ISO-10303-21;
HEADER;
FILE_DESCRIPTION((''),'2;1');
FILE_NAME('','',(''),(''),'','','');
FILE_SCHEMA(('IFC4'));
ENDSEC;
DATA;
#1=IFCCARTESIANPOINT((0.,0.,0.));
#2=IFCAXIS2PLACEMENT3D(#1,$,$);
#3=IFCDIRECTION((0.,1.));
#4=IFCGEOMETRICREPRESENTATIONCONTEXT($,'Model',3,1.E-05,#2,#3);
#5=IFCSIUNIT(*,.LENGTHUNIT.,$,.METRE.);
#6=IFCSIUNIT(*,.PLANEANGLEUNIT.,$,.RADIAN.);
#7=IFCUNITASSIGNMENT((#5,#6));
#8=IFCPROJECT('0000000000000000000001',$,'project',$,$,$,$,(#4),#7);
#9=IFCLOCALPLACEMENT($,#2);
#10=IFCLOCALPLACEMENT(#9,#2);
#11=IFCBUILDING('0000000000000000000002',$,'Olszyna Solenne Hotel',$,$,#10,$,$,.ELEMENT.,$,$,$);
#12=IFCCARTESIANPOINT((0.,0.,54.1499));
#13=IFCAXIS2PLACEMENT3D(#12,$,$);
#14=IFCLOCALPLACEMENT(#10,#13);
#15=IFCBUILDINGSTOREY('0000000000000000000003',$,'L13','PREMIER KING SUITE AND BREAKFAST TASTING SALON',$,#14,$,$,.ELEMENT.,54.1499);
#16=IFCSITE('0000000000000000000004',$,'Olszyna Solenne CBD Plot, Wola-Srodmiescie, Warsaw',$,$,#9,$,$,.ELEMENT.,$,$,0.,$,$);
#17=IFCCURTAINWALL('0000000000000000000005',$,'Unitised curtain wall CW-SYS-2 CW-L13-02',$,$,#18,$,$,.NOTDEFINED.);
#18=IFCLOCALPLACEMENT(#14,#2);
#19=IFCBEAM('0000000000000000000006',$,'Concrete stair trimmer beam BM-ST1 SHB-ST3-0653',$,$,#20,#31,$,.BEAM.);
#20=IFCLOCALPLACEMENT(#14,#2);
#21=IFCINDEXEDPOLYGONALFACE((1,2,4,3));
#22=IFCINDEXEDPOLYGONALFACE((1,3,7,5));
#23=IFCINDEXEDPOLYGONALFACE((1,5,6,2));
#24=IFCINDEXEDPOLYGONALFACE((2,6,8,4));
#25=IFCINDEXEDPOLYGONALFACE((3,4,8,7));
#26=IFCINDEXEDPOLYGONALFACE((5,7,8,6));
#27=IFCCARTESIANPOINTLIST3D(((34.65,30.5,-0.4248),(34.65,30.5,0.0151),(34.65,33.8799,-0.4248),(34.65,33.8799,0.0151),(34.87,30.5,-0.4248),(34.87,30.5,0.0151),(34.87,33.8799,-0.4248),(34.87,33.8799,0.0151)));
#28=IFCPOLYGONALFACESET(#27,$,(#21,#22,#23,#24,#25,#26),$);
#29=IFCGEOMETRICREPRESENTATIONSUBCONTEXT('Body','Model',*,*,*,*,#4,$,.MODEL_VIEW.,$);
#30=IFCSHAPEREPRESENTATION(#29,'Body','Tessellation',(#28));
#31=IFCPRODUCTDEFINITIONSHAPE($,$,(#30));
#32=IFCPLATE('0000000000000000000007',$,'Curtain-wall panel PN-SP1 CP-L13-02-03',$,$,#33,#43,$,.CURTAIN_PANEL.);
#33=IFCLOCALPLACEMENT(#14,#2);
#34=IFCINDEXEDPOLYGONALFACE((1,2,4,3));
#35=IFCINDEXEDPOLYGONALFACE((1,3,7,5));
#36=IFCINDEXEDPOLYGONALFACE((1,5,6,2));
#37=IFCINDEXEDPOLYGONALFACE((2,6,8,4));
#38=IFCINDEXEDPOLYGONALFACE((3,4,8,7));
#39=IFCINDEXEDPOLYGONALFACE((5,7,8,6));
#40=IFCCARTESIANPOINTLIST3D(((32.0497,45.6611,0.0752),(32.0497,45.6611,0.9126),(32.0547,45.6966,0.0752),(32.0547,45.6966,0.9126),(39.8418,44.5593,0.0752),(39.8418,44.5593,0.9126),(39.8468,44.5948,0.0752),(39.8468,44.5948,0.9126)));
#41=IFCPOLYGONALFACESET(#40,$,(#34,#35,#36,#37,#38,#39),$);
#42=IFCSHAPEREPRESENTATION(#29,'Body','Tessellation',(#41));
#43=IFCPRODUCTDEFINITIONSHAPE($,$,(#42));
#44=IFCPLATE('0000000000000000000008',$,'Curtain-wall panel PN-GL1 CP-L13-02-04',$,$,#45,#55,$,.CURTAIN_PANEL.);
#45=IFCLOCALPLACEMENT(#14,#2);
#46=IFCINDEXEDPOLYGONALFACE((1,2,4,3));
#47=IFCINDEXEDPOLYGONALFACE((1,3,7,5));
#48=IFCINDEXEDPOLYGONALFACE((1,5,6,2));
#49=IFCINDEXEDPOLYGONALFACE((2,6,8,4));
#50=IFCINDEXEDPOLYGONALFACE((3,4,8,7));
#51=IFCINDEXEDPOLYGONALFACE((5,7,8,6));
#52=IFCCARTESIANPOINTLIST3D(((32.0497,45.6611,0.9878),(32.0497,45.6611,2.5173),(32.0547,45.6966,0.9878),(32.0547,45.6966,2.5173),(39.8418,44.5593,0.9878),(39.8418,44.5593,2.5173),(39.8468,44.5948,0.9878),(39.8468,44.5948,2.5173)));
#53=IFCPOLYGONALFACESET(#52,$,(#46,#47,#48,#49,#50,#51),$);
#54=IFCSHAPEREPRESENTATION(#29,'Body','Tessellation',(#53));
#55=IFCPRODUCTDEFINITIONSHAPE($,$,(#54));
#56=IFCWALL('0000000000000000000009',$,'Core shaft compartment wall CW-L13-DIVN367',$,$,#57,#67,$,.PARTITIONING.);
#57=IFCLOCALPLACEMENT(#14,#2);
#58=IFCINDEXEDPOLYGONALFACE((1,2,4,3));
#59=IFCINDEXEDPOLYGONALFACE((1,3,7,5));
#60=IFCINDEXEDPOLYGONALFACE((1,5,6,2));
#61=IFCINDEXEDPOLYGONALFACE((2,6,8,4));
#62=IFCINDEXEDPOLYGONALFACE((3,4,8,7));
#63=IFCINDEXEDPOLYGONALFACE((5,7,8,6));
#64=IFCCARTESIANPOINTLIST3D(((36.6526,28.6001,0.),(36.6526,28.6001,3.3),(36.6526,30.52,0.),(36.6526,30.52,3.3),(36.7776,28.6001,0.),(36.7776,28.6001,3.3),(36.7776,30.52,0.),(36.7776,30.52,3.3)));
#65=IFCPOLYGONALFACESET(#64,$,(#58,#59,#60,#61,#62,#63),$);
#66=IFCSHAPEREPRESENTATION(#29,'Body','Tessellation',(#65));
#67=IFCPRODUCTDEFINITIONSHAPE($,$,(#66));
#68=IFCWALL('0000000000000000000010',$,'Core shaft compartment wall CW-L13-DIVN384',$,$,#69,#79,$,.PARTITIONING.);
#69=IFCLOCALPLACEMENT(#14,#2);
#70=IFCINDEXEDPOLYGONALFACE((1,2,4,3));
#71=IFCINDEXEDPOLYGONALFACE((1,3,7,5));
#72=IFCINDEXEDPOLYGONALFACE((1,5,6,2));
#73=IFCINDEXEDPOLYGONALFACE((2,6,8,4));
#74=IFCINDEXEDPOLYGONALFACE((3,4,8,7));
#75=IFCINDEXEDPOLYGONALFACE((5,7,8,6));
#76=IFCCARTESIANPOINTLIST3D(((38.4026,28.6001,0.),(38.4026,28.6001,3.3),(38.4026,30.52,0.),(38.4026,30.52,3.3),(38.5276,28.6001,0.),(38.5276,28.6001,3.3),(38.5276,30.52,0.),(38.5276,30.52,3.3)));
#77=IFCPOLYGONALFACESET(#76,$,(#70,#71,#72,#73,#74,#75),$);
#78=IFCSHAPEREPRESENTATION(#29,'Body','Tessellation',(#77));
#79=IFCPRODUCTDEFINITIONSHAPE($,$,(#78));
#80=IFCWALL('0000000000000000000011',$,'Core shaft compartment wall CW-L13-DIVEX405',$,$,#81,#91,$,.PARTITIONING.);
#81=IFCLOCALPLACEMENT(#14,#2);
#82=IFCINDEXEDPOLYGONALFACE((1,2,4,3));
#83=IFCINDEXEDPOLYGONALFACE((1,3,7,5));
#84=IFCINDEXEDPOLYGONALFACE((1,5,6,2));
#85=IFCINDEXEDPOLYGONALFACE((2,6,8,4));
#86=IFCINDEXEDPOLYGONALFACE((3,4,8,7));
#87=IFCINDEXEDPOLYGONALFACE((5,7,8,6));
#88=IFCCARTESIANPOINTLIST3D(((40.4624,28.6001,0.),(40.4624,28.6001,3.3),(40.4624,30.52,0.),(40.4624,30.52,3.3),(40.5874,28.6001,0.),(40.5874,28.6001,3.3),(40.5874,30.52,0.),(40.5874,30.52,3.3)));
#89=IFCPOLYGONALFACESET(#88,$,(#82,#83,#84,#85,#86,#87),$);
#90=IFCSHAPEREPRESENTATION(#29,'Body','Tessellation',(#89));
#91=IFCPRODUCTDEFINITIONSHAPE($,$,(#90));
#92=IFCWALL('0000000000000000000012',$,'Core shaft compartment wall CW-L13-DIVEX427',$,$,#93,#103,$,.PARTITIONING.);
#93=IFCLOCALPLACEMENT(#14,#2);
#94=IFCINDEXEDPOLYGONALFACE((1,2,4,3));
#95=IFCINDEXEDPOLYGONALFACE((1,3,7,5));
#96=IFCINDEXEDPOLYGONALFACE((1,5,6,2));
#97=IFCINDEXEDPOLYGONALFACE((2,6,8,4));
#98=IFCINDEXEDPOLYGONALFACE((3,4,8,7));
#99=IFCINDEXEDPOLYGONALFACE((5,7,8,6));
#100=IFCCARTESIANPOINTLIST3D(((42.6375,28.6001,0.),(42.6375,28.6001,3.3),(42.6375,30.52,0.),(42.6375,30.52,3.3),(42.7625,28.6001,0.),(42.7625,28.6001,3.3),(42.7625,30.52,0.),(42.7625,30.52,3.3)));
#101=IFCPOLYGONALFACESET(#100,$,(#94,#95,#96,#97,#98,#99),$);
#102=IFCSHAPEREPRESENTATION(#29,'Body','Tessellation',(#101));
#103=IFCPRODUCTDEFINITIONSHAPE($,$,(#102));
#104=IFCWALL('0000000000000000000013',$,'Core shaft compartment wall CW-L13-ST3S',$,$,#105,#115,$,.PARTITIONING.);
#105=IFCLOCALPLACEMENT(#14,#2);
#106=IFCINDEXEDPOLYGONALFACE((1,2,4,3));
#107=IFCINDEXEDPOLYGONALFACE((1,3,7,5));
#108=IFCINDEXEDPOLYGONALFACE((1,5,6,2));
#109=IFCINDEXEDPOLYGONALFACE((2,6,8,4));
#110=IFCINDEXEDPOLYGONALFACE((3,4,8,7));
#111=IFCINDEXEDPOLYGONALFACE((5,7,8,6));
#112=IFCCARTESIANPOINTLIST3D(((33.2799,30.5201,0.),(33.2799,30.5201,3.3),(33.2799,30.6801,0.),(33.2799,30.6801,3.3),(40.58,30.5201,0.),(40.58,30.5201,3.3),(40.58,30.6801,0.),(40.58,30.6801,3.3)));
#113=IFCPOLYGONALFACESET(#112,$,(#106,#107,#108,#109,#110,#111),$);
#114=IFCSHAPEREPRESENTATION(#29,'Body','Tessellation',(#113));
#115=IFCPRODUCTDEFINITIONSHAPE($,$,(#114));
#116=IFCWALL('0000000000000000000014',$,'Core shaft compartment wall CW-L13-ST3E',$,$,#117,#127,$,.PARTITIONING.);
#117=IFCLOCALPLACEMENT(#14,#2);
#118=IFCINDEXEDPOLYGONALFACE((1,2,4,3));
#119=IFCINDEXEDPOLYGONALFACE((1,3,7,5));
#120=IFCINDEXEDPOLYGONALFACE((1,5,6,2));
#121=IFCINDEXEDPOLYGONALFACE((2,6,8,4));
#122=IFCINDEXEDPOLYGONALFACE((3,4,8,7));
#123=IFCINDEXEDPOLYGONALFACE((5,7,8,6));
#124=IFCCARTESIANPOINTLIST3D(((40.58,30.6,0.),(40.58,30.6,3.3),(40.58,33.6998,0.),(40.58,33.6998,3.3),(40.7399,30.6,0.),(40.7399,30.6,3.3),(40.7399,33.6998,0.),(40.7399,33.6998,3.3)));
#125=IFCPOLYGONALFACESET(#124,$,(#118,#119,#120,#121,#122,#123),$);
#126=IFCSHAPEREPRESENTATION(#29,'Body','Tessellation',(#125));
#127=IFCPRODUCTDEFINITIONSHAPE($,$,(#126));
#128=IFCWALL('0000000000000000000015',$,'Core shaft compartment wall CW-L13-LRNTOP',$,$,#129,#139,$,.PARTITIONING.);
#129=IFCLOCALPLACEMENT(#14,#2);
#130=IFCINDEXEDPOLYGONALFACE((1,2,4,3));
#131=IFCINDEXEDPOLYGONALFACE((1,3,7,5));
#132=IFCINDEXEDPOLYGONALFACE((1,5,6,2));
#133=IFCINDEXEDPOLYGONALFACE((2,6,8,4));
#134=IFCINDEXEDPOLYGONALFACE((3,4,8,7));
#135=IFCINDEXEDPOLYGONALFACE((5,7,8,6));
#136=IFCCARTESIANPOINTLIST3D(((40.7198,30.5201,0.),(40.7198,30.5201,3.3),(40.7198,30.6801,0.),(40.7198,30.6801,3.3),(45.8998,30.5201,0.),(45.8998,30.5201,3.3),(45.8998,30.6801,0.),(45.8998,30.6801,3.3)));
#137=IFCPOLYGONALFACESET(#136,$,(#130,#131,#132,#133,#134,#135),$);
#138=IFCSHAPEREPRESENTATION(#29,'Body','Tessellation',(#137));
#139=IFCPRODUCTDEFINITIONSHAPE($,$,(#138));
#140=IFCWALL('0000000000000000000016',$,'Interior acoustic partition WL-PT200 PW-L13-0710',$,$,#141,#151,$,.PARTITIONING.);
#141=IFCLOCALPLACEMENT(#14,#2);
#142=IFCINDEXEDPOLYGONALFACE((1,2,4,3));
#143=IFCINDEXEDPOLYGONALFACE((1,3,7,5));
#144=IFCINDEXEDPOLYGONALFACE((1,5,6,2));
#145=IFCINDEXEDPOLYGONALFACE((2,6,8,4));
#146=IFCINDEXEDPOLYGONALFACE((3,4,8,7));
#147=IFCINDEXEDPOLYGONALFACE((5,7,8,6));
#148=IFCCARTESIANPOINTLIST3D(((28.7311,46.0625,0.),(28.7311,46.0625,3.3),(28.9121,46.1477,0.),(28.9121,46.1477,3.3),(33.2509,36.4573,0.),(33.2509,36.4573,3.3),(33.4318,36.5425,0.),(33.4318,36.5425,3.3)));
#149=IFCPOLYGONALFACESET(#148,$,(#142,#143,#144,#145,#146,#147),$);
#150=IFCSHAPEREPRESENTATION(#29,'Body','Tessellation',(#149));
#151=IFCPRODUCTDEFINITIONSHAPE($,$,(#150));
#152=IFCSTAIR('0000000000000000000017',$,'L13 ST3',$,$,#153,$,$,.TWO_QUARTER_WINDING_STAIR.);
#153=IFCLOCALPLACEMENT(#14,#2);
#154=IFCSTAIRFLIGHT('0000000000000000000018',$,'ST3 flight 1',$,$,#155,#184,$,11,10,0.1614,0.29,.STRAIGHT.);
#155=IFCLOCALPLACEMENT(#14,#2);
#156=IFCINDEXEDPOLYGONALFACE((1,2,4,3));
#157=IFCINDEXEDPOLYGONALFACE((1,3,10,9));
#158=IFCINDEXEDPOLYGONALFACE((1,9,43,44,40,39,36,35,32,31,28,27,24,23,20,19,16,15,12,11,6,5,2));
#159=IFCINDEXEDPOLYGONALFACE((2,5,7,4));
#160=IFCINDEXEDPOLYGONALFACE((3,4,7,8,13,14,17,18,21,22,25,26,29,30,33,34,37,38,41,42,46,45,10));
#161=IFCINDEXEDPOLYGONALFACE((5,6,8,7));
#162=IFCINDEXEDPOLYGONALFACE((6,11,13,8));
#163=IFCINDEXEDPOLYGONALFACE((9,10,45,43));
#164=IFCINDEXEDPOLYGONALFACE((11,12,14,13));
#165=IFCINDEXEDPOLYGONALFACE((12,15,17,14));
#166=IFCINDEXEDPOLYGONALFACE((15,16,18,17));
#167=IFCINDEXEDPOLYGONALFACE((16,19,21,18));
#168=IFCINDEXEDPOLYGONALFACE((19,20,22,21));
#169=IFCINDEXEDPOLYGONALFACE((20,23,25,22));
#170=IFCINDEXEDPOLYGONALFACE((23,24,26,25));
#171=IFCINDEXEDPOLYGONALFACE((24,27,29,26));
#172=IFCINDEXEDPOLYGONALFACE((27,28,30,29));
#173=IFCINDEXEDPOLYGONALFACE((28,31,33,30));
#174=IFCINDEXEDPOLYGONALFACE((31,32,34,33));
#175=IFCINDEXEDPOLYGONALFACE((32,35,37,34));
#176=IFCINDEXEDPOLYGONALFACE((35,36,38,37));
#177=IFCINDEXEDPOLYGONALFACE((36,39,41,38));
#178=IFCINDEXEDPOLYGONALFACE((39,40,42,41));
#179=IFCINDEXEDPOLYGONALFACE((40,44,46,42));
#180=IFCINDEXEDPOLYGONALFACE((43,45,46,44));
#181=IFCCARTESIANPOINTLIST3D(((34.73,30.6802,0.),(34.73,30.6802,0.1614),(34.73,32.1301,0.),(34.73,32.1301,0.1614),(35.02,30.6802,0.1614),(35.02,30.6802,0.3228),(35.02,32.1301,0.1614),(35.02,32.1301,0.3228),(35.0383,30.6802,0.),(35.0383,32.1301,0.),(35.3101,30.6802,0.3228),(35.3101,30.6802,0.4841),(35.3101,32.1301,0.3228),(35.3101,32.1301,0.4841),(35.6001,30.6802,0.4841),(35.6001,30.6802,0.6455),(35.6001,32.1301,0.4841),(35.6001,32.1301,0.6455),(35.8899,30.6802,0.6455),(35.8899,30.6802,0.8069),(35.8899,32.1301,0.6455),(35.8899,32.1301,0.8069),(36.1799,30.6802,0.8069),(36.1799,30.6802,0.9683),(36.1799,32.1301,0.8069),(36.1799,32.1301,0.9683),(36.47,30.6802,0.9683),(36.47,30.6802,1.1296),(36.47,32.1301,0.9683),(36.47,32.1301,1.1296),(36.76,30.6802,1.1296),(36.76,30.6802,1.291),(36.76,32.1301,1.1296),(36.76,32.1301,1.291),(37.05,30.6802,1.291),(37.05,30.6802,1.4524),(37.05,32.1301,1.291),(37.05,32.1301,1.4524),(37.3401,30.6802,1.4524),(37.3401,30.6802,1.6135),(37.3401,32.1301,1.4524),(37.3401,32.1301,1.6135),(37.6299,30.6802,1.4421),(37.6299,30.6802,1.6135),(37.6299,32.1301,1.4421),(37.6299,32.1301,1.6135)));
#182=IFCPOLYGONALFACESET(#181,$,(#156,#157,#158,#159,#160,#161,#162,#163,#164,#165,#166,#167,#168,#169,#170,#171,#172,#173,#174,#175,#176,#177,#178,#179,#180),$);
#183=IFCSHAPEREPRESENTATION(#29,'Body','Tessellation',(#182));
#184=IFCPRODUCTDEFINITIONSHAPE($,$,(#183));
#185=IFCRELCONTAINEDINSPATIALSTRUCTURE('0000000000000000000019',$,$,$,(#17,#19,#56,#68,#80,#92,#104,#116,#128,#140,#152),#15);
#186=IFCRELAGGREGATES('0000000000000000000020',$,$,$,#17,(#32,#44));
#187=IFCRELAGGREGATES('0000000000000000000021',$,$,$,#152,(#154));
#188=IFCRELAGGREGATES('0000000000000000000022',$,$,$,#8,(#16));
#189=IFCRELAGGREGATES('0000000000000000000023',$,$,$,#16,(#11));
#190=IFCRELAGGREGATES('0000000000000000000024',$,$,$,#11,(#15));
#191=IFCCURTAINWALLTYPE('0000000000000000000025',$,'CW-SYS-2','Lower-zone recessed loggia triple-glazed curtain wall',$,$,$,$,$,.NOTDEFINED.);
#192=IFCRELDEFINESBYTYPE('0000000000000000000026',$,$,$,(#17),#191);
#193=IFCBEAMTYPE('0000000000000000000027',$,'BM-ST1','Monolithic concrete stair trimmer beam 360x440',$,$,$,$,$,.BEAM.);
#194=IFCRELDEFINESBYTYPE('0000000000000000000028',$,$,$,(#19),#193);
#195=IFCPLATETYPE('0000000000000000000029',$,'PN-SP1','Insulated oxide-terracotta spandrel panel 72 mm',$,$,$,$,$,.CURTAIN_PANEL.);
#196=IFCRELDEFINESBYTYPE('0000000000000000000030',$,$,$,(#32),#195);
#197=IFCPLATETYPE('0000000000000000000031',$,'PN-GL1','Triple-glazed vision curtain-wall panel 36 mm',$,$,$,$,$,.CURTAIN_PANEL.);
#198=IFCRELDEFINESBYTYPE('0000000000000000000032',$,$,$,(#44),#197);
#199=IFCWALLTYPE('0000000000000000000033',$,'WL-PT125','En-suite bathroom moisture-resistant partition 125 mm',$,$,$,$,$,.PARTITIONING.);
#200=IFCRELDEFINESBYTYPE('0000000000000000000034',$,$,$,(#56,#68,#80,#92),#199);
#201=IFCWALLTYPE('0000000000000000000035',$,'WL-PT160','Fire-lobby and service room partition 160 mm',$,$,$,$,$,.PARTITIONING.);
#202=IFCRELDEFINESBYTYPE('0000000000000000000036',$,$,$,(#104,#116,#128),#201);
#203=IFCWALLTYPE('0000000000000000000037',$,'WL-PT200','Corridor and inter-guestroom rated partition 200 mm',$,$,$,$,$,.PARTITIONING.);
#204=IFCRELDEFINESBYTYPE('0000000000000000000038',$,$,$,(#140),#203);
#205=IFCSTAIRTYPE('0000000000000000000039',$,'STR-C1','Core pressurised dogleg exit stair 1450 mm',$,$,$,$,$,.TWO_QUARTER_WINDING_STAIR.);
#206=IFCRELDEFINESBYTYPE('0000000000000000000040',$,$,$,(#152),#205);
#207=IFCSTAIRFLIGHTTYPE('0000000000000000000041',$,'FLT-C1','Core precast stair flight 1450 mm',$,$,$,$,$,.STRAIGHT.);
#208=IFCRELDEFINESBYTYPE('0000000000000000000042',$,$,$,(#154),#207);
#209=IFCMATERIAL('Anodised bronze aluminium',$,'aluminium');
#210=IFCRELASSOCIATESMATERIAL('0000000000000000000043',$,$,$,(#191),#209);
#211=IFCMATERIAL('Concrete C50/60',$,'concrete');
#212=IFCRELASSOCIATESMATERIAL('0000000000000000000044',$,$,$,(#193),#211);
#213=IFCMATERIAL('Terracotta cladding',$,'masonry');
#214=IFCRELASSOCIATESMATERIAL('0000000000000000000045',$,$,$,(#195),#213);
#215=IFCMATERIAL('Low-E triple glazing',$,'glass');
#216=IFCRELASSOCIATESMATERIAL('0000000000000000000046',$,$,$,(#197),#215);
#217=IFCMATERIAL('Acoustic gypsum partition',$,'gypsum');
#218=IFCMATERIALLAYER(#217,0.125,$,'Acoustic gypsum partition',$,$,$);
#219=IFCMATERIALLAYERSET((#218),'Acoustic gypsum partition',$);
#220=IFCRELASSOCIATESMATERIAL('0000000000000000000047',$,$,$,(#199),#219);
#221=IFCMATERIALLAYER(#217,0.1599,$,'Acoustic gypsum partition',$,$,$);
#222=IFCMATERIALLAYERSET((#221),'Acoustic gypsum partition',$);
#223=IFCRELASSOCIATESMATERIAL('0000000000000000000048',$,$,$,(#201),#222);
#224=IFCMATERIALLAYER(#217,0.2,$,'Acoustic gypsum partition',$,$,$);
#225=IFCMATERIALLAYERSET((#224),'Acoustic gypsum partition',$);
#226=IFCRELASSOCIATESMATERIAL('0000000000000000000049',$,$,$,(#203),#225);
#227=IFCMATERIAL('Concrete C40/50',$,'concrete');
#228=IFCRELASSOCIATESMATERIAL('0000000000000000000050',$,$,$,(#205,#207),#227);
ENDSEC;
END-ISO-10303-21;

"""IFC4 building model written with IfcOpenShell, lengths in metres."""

from ifc_helpers import new_model, si_unit, direction, frame, frame_2d, origin, origin_2d, place, context, subcontext, project, spatial, polyline, rectangle, outline, extrude, source, transform, mapped, material, layer, layer_set, material_profile, profile_set, type_object, element, aggregate, save


model = new_model("IFC4")

# Units and contexts
model_context = context("Model", 3, precision=1e-05, world=origin(), true_north=direction((0.0, 1.0)))
body_context = subcontext(model_context, "Body", "Model", "MODEL_VIEW")
ifc_project = project(units=[si_unit("LENGTHUNIT", "METRE"), si_unit("PLANEANGLEUNIT", "RADIAN")], contexts=[model_context])

# Site, building, storey
site_placement = place(None, origin())
site = spatial("IfcSite", under=ifc_project, at=site_placement, Name="Olszyna Solenne CBD Plot, Wola-Srodmiescie, Warsaw", CompositionType="ELEMENT", RefElevation=0.0)
building_placement = place(site_placement, origin())
building = spatial("IfcBuilding", under=site, at=building_placement, Name="Olszyna Solenne Hotel", CompositionType="ELEMENT")
storey_placement = place(building_placement, frame((0.0, 0.0, 54.1499)))
storey = spatial("IfcBuildingStorey", under=building, at=storey_placement, Name="L13", Description="PREMIER KING SUITE AND BREAKFAST TASTING SALON", CompositionType="ELEMENT", Elevation=54.1499)

# Curtain wall
ifc_material_1 = material(Name="Anodised bronze aluminium", Category="aluminium")
curtain_wall_type = type_object("IfcCurtainWallType", Name="CW-SYS-2", Description="Lower-zone recessed loggia triple-glazed curtain wall", PredefinedType="NOTDEFINED", material=ifc_material_1)
curtain_wall_placement = place(storey_placement, origin())
curtain_wall = element("IfcCurtainWall", 1, at=curtain_wall_placement, inside=storey, type_object=curtain_wall_type, Name="Unitised curtain wall CW-SYS-2 CW-L13-02", PredefinedType="NOTDEFINED")

# Beam
ifc_material_2 = material(Name="Concrete C50/60", Category="concrete")
ifc_material_profile_1 = material_profile(ifc_material_2, rectangle(XDim=0.22, YDim=0.4399, at=origin_2d()), Name="RC 220x440", Category="load-bearing")
ifc_profile_set_1 = profile_set([ifc_material_profile_1], Name="Concrete C50/60")
beam_type_1 = type_object("IfcBeamType", Name="BM-ST1", Description="Monolithic concrete stair trimmer beam 360x440", PredefinedType="BEAM", material=ifc_profile_set_1)
shared_shape_1 = source(origin(), body_context, "Body", "SweptSolid", [
    extrude(rectangle(XDim=0.22, YDim=0.4399, at=origin_2d()), origin(), (0.0, 0.0, 1.0), 3.3799),
])
beam_1_placement = place(storey_placement, frame((34.76, 30.5, -0.2048), z_axis=(0.0, 1.0, 0.0), x_axis=(-1.0, 0.0, 0.0)))
element("IfcBeam", 2, at=beam_1_placement, inside=storey, type_object=beam_type_1, Name="Concrete stair trimmer beam BM-ST1 SHB-ST3-0653", PredefinedType="BEAM", context=body_context, shape_type="MappedRepresentation", body=[
    mapped(shared_shape_1, transform((0.0, 0.0, 0.0), x_axis=(1.0, 0.0, 0.0), y_axis=(0.0, 1.0, 0.0), z_axis=(0.0, 0.0, 1.0), scale=1.0)),
])

# Plates
ifc_material_3 = material(Name="Terracotta cladding", Category="masonry")
plate_type_1 = type_object("IfcPlateType", Name="PN-SP1", Description="Insulated oxide-terracotta spandrel panel 72 mm", PredefinedType="CURTAIN_PANEL", material=ifc_material_3)
shared_shape_2 = source(origin(), body_context, "Body", "SweptSolid", [
    extrude(rectangle(XDim=7.8696, YDim=0.0359, at=origin_2d()), origin(), (0.0, 0.0, 1.0), 0.8374),
])
plate_1_placement = place(storey_placement, frame((35.9482, 45.1279, 0.0752), z_axis=(0.0, 0.0, 1.0), x_axis=(0.990151, -0.140005, 0.0)))
plate_1 = element("IfcPlate", 3, at=plate_1_placement, type_object=plate_type_1, Name="Curtain-wall panel PN-SP1 CP-L13-02-03", PredefinedType="CURTAIN_PANEL", context=body_context, shape_type="MappedRepresentation", body=[
    mapped(shared_shape_2, transform((0.0, 0.0, 0.0), x_axis=(1.0, 0.0, 0.0), y_axis=(0.0, 1.0, 0.0), z_axis=(0.0, 0.0, 1.0), scale=1.0)),
])
ifc_material_4 = material(Name="Low-E triple glazing", Category="glass")
plate_type_2 = type_object("IfcPlateType", Name="PN-GL1", Description="Triple-glazed vision curtain-wall panel 36 mm", PredefinedType="CURTAIN_PANEL", material=ifc_material_4)
shared_shape_3 = source(origin(), body_context, "Body", "SweptSolid", [
    extrude(rectangle(XDim=7.8696, YDim=0.0359, at=origin_2d()), origin(), (0.0, 0.0, 1.0), 1.5295),
])
plate_2_placement = place(storey_placement, frame((35.9482, 45.1279, 0.9878), z_axis=(0.0, 0.0, 1.0), x_axis=(0.990151, -0.140005, 0.0)))
plate_2 = element("IfcPlate", 4, at=plate_2_placement, type_object=plate_type_2, Name="Curtain-wall panel PN-GL1 CP-L13-02-04", PredefinedType="CURTAIN_PANEL", context=body_context, shape_type="MappedRepresentation", body=[
    mapped(shared_shape_3, transform((0.0, 0.0, 0.0), x_axis=(1.0, 0.0, 0.0), y_axis=(0.0, 1.0, 0.0), z_axis=(0.0, 0.0, 1.0), scale=1.0)),
])
aggregate(curtain_wall, [plate_1, plate_2])

# Walls
ifc_material_5 = material(Name="Acoustic gypsum partition", Category="gypsum")
ifc_layer_1 = layer(ifc_material_5, 0.125, Name="Acoustic gypsum partition")
ifc_layer_set_1 = layer_set([ifc_layer_1], Name="Acoustic gypsum partition")
wall_type_1 = type_object("IfcWallType", Name="WL-PT125", Description="En-suite bathroom moisture-resistant partition 125 mm", PredefinedType="PARTITIONING", material=ifc_layer_set_1)
for number, where, z_axis, x_axis, name in (
    (5, (36.7151, 28.6001, 0.0), (0.0, 0.0, 1.0), (0.0, 1.0, 0.0), "Core shaft compartment wall CW-L13-DIVN367"),
    (6, (38.4651, 28.6001, 0.0), (0.0, 0.0, 1.0), (0.0, 1.0, 0.0), "Core shaft compartment wall CW-L13-DIVN384"),
    (7, (40.5249, 28.6001, 0.0), (0.0, 0.0, 1.0), (0.0, 1.0, 0.0), "Core shaft compartment wall CW-L13-DIVEX405"),
    (8, (42.7, 28.6001, 0.0), (0.0, 0.0, 1.0), (0.0, 1.0, 0.0), "Core shaft compartment wall CW-L13-DIVEX427"),
):
    element("IfcWall", number, at=place(storey_placement, frame(where, z_axis=z_axis, x_axis=x_axis)), inside=storey, type_object=wall_type_1, Name=name, PredefinedType="PARTITIONING", context=body_context, shape_type="SweptSolid", body=[
        extrude(rectangle(XDim=1.9199, YDim=0.125, at=frame_2d((0.96, 0.0))), origin(), (0.0, 0.0, 1.0), 3.3),
    ])
ifc_layer_2 = layer(ifc_material_5, 0.1599, Name="Acoustic gypsum partition")
ifc_layer_set_2 = layer_set([ifc_layer_2], Name="Acoustic gypsum partition")
wall_type_2 = type_object("IfcWallType", Name="WL-PT160", Description="Fire-lobby and service room partition 160 mm", PredefinedType="PARTITIONING", material=ifc_layer_set_2)
wall_1_placement = place(storey_placement, frame((33.28, 30.6001, 0.0), z_axis=(0.0, 0.0, 1.0), x_axis=(1.0, 0.0, 0.0)))
element("IfcWall", 9, at=wall_1_placement, inside=storey, type_object=wall_type_2, Name="Core shaft compartment wall CW-L13-ST3S", PredefinedType="PARTITIONING", context=body_context, shape_type="SweptSolid", body=[
    extrude(rectangle(XDim=7.3, YDim=0.1599, at=frame_2d((3.6499, 0.0))), origin(), (0.0, 0.0, 1.0), 3.3),
])
wall_2_placement = place(storey_placement, frame((40.6599, 30.6001, 0.0), z_axis=(0.0, 0.0, 1.0), x_axis=(0.0, 1.0, 0.0)))
element("IfcWall", 10, at=wall_2_placement, inside=storey, type_object=wall_type_2, Name="Core shaft compartment wall CW-L13-ST3E", PredefinedType="PARTITIONING", context=body_context, shape_type="SweptSolid", body=[
    extrude(rectangle(XDim=3.0999, YDim=0.1599, at=frame_2d((1.5498, 0.0))), origin(), (0.0, 0.0, 1.0), 3.3),
])
wall_3_placement = place(storey_placement, frame((40.72, 30.6001, 0.0), z_axis=(0.0, 0.0, 1.0), x_axis=(1.0, 0.0, 0.0)))
element("IfcWall", 11, at=wall_3_placement, inside=storey, type_object=wall_type_2, Name="Core shaft compartment wall CW-L13-LRNTOP", PredefinedType="PARTITIONING", context=body_context, shape_type="SweptSolid", body=[
    extrude(rectangle(XDim=5.1799, YDim=0.1599, at=frame_2d((2.5898, 0.0))), origin(), (0.0, 0.0, 1.0), 3.3),
])
ifc_layer_3 = layer(ifc_material_5, 0.2, Name="Acoustic gypsum partition")
ifc_layer_set_3 = layer_set([ifc_layer_3], Name="Acoustic gypsum partition")
wall_type_3 = type_object("IfcWallType", Name="WL-PT200", Description="Corridor and inter-guestroom rated partition 200 mm", PredefinedType="PARTITIONING", material=ifc_layer_set_3)
wall_4_placement = place(storey_placement, frame((33.3413, 36.5, 0.0), z_axis=(0.0, 0.0, 1.0), x_axis=(-0.425772, 0.904831, 0.0)))
element("IfcWall", 12, at=wall_4_placement, inside=storey, type_object=wall_type_3, Name="Interior acoustic partition WL-PT200 PW-L13-0710", PredefinedType="PARTITIONING", context=body_context, shape_type="SweptSolid", body=[
    extrude(rectangle(XDim=10.6155, YDim=0.2, at=frame_2d((5.3076, 0.0))), origin(), (0.0, 0.0, 1.0), 3.3),
])

# Stair, stair flight
ifc_material_6 = material(Name="Concrete C40/50", Category="concrete")
stair_type = type_object("IfcStairType", Name="STR-C1", Description="Core pressurised dogleg exit stair 1450 mm", PredefinedType="TWO_QUARTER_WINDING_STAIR", material=ifc_material_6)
stair_placement = place(storey_placement, origin())
stair = element("IfcStair", 13, at=stair_placement, inside=storey, type_object=stair_type, Name="L13 ST3", PredefinedType="TWO_QUARTER_WINDING_STAIR")
stair_flight_type = type_object("IfcStairFlightType", Name="FLT-C1", Description="Core precast stair flight 1450 mm", PredefinedType="STRAIGHT", material=ifc_material_6)
stair_flight_1_placement = place(storey_placement, frame((34.73, 31.405, 0.0), z_axis=(0.0, 0.0, 1.0), x_axis=(1.0, 0.0, 0.0)))
stair_flight_1 = element("IfcStairFlight", 14, at=stair_flight_1_placement, type_object=stair_flight_type, Name="ST3 flight 1", NumberOfRisers=11, NumberOfTreads=10, PredefinedType="STRAIGHT", RiserHeight=0.1614, TreadLength=0.29, context=body_context, shape_type="SweptSolid", body=[
    extrude(outline(polyline([(0.0, 0.0), (0.0, 0.1614), (0.29, 0.1614), (0.29, 0.3228), (0.5801, 0.3228), (0.5801, 0.4841), (0.8701, 0.4841), (0.8701, 0.6455), (1.1599, 0.6455), (1.1599, 0.8069), (1.45, 0.8069), (1.45, 0.9683), (1.74, 0.9683), (1.74, 1.1296), (2.03, 1.1296), (2.03, 1.291), (2.3201, 1.291), (2.3201, 1.4524), (2.6101, 1.4524), (2.6101, 1.6135), (2.8999, 1.6135), (2.8999, 1.7749), (2.8999, 1.4421), (0.3083, 0.0), (0.0, 0.0)])), frame((0.0, 0.7251, 0.0), z_axis=(0.0, -1.0, 0.0), x_axis=(1.0, 0.0, 0.0)), (0.0, 0.0, 1.0), 1.45),
])
aggregate(stair, [stair_flight_1])

save(model, "model.ifc")
